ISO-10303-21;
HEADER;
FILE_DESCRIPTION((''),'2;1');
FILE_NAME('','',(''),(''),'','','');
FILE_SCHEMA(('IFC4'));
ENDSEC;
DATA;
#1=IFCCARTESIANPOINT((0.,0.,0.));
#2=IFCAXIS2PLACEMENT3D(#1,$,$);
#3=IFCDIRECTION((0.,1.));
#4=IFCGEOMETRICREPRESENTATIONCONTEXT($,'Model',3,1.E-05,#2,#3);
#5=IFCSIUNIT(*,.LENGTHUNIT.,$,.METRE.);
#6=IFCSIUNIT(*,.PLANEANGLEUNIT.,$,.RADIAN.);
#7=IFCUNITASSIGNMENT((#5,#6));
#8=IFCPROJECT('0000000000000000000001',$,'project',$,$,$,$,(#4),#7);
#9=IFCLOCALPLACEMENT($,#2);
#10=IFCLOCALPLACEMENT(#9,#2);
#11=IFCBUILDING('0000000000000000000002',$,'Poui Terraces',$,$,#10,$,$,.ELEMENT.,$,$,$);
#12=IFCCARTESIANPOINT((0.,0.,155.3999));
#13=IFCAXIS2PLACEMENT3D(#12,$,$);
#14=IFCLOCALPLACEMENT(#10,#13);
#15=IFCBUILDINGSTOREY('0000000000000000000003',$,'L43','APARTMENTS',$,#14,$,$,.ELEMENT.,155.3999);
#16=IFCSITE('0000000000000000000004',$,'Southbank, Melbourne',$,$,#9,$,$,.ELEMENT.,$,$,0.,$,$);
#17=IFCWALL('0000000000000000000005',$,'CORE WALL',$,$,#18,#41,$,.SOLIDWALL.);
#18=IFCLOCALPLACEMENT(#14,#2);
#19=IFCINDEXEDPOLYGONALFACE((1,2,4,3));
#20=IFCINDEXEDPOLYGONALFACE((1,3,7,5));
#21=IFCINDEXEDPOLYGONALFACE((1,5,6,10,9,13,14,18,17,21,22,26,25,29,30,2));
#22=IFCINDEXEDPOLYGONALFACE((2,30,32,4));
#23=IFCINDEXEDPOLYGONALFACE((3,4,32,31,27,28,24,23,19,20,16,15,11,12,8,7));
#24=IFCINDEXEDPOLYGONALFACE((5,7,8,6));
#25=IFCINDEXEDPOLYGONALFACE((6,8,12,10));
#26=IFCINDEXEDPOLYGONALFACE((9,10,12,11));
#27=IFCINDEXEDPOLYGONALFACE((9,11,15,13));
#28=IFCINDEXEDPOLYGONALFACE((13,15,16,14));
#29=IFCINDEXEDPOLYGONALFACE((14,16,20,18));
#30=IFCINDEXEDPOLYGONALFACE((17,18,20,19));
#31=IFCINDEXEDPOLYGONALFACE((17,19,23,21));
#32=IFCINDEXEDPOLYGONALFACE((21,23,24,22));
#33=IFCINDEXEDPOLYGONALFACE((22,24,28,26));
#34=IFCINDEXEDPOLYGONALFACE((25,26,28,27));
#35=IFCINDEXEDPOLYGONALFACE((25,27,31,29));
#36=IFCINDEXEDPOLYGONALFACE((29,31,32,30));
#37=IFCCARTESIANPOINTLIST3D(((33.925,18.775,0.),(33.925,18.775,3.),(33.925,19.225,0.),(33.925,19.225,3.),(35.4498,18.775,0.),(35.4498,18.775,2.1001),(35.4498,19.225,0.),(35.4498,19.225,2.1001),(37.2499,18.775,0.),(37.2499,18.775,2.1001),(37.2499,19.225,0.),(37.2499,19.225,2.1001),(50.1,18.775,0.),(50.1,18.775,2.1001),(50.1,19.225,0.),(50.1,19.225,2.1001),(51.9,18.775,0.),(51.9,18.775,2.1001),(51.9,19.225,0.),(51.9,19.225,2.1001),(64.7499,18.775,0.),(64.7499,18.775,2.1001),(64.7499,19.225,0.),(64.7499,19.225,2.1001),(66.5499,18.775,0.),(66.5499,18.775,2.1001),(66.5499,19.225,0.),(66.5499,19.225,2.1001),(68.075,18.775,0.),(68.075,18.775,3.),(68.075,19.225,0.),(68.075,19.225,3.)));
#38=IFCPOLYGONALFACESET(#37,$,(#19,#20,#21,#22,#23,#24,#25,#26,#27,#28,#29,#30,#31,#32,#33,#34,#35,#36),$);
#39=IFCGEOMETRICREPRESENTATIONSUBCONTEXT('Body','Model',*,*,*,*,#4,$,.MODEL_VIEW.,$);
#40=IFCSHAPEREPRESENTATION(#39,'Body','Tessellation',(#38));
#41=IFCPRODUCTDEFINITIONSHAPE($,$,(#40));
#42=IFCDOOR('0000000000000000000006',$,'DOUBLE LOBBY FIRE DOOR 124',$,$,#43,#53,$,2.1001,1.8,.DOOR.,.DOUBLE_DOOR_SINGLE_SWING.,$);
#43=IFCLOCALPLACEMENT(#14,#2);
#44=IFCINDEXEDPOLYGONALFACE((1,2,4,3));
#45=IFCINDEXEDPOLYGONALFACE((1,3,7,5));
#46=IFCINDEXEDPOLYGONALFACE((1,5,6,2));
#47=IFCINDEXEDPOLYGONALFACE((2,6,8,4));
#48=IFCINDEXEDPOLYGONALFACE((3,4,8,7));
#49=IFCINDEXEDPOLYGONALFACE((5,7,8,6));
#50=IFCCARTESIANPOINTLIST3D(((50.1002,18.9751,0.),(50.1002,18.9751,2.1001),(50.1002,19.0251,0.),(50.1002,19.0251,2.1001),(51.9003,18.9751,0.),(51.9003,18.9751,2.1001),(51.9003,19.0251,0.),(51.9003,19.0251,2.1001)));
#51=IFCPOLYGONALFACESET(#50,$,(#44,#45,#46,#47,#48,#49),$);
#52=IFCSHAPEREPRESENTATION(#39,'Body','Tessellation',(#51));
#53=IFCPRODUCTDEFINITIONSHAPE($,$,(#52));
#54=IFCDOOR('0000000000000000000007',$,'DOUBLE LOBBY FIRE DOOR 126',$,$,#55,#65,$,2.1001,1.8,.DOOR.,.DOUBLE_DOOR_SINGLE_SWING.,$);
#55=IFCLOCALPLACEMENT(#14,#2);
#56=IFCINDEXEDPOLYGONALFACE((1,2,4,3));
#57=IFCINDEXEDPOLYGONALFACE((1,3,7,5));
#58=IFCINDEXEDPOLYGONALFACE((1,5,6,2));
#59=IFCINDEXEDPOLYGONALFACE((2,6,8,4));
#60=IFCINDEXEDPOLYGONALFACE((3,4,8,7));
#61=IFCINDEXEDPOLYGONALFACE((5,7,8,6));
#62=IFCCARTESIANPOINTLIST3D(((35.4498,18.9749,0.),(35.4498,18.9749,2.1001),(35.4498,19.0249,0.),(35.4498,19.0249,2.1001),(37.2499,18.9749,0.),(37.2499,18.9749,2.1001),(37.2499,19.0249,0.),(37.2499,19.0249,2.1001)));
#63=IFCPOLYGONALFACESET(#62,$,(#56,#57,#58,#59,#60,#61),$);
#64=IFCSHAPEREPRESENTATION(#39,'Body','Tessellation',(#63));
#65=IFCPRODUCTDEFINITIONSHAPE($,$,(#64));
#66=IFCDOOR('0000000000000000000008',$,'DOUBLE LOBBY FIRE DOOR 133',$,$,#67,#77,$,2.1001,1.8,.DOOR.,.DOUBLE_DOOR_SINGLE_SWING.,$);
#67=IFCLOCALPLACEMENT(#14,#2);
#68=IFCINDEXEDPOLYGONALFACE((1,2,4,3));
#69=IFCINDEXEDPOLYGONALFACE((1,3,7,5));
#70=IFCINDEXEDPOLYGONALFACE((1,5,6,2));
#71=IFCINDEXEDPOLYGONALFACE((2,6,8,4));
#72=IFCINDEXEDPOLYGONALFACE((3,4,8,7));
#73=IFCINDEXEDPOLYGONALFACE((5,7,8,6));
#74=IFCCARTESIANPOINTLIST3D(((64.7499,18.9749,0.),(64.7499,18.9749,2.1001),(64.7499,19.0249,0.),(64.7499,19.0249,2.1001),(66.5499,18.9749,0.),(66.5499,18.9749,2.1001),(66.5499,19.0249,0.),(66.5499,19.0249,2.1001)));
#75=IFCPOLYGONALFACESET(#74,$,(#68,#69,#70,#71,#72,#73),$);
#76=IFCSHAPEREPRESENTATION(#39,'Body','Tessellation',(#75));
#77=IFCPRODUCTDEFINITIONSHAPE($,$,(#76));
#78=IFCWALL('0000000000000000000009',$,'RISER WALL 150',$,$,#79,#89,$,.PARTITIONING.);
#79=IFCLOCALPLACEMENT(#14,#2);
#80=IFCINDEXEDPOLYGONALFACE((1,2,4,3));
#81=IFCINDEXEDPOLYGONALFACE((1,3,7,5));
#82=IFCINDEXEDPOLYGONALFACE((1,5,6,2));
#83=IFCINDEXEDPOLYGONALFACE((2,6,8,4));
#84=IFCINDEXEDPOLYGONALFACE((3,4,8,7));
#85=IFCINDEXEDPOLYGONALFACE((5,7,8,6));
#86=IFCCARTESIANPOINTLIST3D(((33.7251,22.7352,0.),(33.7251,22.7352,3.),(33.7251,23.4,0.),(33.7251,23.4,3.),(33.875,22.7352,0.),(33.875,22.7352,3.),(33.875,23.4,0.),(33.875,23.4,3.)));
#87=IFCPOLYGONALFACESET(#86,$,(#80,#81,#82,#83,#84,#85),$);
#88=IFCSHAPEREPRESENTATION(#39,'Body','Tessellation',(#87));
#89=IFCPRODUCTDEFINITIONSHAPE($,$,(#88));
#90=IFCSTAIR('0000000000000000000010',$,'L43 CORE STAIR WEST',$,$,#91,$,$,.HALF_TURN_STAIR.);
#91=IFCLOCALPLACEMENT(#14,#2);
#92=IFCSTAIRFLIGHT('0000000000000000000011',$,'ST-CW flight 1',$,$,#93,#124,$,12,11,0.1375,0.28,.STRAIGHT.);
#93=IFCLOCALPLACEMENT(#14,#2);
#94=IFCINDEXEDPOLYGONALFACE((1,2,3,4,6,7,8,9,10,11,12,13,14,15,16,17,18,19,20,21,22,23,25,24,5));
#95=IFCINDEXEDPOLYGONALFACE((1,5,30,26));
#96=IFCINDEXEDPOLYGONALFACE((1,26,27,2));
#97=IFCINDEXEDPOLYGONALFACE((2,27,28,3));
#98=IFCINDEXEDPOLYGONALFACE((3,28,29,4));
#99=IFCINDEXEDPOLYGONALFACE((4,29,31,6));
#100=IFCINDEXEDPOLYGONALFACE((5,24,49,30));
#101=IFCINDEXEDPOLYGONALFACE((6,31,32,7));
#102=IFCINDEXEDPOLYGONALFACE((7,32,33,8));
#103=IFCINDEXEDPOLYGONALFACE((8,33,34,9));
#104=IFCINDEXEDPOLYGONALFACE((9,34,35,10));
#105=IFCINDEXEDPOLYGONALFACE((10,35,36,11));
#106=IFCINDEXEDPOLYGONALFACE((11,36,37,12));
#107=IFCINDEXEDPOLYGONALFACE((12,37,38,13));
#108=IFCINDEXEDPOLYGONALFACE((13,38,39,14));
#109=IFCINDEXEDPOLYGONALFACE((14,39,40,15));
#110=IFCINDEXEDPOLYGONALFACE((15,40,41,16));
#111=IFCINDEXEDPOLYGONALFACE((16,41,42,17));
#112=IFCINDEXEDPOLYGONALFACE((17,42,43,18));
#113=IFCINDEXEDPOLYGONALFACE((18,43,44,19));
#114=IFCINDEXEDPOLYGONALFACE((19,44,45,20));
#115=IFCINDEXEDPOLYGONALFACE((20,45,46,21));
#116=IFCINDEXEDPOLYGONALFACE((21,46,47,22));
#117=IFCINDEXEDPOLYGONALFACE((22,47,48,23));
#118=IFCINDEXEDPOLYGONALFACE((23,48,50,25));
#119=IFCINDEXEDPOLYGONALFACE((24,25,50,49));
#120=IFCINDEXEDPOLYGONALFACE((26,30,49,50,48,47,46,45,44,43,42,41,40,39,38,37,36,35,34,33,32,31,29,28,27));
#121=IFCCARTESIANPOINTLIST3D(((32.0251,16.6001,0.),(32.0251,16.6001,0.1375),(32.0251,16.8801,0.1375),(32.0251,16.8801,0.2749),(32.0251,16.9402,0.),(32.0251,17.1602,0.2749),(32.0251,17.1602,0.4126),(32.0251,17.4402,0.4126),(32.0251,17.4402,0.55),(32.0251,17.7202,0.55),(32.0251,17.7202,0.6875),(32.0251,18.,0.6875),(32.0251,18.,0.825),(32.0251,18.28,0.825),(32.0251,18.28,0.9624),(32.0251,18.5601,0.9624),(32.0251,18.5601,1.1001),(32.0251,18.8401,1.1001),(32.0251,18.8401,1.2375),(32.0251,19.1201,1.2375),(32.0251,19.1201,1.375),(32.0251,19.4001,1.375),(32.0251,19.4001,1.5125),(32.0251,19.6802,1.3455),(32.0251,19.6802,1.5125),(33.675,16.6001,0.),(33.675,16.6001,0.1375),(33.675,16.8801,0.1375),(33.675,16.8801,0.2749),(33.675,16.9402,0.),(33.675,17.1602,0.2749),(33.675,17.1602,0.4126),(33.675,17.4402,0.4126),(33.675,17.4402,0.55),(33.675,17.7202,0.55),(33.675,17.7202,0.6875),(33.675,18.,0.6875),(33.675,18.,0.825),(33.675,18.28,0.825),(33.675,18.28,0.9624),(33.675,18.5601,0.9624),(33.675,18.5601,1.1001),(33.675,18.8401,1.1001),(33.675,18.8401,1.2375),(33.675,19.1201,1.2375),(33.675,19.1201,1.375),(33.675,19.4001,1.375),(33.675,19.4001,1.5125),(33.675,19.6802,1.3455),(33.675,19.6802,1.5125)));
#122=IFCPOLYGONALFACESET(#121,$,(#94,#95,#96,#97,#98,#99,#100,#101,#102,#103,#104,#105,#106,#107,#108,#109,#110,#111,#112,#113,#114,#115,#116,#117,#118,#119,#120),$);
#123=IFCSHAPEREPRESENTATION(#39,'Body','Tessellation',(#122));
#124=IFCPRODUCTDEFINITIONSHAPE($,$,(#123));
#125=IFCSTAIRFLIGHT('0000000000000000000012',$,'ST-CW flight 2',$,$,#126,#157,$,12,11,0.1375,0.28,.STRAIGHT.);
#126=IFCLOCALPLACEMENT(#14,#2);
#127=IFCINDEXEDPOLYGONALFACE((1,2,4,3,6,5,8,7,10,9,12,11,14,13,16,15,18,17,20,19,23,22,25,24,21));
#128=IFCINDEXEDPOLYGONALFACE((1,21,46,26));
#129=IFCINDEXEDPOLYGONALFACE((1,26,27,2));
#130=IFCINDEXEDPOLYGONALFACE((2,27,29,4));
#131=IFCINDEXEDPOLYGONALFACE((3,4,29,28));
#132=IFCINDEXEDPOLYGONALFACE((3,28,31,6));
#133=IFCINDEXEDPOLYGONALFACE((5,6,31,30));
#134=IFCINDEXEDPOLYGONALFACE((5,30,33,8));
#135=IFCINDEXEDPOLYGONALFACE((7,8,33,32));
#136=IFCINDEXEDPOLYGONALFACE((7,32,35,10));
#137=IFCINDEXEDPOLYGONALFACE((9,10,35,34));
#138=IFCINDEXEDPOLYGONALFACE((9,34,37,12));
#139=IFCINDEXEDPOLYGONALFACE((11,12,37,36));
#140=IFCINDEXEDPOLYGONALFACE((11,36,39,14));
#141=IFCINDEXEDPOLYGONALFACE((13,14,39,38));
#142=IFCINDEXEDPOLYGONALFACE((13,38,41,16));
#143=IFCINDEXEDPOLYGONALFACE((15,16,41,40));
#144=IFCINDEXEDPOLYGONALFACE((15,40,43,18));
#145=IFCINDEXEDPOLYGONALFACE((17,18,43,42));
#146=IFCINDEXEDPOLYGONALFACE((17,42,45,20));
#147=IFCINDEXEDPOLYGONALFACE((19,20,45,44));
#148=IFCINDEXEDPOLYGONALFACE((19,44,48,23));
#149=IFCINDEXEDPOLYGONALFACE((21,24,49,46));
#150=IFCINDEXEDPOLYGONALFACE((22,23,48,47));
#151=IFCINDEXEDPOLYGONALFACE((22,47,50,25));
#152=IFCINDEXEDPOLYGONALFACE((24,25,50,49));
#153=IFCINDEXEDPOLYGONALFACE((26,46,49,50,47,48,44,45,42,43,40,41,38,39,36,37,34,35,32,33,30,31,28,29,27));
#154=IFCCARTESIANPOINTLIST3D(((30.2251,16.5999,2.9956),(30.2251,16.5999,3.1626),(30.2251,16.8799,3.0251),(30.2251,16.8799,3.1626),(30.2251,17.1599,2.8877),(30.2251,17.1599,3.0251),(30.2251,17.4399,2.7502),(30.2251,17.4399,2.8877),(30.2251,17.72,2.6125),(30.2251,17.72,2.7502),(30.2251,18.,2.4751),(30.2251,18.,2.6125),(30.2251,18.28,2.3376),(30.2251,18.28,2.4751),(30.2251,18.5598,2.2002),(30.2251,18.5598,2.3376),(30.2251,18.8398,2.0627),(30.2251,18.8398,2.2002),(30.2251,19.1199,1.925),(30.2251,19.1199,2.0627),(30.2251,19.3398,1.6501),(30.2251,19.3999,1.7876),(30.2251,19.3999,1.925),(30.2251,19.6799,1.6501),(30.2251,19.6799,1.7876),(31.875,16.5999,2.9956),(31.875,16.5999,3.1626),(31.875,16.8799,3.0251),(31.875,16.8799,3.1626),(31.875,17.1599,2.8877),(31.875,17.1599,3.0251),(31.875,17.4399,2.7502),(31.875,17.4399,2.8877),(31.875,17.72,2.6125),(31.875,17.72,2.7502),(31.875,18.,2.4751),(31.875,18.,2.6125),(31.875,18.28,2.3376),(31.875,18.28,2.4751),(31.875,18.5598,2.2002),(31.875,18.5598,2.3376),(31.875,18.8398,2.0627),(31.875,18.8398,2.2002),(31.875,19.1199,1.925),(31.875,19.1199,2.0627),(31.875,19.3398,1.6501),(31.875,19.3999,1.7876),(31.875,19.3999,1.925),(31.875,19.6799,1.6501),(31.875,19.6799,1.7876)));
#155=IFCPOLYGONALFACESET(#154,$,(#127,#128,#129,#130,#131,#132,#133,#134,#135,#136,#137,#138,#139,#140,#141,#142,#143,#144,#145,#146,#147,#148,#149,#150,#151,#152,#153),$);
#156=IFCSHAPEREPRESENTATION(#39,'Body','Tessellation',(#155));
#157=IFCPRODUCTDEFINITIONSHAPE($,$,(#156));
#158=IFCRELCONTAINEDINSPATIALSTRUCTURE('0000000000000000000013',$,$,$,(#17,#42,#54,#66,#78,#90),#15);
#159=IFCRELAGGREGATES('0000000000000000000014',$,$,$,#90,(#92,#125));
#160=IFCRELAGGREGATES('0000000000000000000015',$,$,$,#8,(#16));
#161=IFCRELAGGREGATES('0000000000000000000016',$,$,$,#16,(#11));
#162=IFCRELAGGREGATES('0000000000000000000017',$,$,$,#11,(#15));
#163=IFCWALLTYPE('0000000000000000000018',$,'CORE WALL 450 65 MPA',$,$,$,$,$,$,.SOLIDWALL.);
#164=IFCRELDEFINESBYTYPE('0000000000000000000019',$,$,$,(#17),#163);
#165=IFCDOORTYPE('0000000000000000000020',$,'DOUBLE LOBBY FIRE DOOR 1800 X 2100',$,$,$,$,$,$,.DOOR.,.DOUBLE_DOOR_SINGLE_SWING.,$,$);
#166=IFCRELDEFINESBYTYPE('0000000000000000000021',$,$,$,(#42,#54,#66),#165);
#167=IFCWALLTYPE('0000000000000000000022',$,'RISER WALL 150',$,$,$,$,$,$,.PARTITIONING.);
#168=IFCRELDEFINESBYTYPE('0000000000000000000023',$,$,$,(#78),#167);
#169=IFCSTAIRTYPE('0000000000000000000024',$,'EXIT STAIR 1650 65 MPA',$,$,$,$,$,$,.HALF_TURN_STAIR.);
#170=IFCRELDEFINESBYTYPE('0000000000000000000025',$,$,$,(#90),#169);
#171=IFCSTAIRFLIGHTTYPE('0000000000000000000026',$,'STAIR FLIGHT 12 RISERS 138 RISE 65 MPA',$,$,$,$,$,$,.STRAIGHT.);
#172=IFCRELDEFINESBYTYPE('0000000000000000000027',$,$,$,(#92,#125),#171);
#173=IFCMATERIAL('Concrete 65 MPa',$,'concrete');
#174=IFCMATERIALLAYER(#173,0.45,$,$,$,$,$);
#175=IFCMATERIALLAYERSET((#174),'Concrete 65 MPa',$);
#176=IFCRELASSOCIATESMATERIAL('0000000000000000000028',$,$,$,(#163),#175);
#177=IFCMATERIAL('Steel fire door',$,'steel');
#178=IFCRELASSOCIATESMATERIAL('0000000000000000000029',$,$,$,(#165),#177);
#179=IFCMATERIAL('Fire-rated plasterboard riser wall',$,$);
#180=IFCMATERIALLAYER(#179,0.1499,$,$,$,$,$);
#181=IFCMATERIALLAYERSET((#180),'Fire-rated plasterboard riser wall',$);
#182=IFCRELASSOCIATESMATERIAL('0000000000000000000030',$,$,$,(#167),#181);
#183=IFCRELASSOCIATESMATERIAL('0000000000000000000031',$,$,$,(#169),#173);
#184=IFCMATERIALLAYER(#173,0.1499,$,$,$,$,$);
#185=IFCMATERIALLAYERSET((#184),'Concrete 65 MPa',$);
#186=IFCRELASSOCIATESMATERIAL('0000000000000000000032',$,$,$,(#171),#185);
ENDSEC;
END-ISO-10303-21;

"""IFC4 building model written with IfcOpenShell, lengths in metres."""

from ifc_helpers import new_model, si_unit, direction, frame, frame_2d, origin, place, context, subcontext, project, spatial, polyline, rectangle, outline, extrude, material, layer, layer_set, type_object, element, fill, aggregate, save


model = new_model("IFC4")

# Units and contexts
model_context = context("Model", 3, precision=1e-05, world=origin(), true_north=direction((0.0, 1.0)))
body_context = subcontext(model_context, "Body", "Model", "MODEL_VIEW")
ifc_project = project(units=[si_unit("LENGTHUNIT", "METRE"), si_unit("PLANEANGLEUNIT", "RADIAN")], contexts=[model_context])

# Site, building, storey
site_placement = place(None, origin())
site = spatial("IfcSite", under=ifc_project, at=site_placement, Name="Southbank, Melbourne", CompositionType="ELEMENT", RefElevation=0.0)
building_placement = place(site_placement, origin())
building = spatial("IfcBuilding", under=site, at=building_placement, Name="Poui Terraces", CompositionType="ELEMENT")
storey_placement = place(building_placement, frame((0.0, 0.0, 155.3999)))
storey = spatial("IfcBuildingStorey", under=building, at=storey_placement, Name="L43", Description="APARTMENTS", CompositionType="ELEMENT", Elevation=155.3999)

# Wall, openings, doors
ifc_material_1 = material(Name="Concrete 65 MPa", Category="concrete")
ifc_layer_1 = layer(ifc_material_1, 0.45)
ifc_layer_set_1 = layer_set([ifc_layer_1], Name="Concrete 65 MPa")
wall_type_1 = type_object("IfcWallType", Name="CORE WALL 450 65 MPA", PredefinedType="SOLIDWALL", material=ifc_layer_set_1)
wall_1_placement = place(storey_placement, frame((33.925, 19.0, 0.0), z_axis=(0.0, 0.0, 1.0), x_axis=(1.0, 0.0, 0.0)))
wall_1 = element("IfcWall", 1, at=wall_1_placement, inside=storey, type_object=wall_type_1, Name="CORE WALL", PredefinedType="SOLIDWALL", context=body_context, shape_type="SweptSolid", body=[
    extrude(rectangle(XDim=34.1499, YDim=0.45, at=frame_2d((17.075, 0.0))), origin(), (0.0, 0.0, 1.0), 3.0),
])
opening_1_placement = place(wall_1_placement, frame((16.175, 0.0, 0.0)))
opening_1 = element("IfcOpeningElement", 2, at=opening_1_placement, cuts=wall_1, PredefinedType="OPENING", context=body_context, shape_type="SweptSolid", body=[
    extrude(rectangle(XDim=1.8, YDim=2.1001, at=frame_2d((0.8999, 1.05))), frame((0.0, 0.2349, 0.0), z_axis=(0.0, -1.0, 0.0), x_axis=(1.0, 0.0, 0.0)), (0.0, 0.0, 1.0), 0.47),
])
opening_2_placement = place(wall_1_placement, frame((1.5249, 0.0, 0.0)))
opening_2 = element("IfcOpeningElement", 3, at=opening_2_placement, cuts=wall_1, PredefinedType="OPENING", context=body_context, shape_type="SweptSolid", body=[
    extrude(rectangle(XDim=1.8, YDim=2.1001, at=frame_2d((0.8999, 1.05))), frame((0.0, 0.2349, 0.0), z_axis=(0.0, -1.0, 0.0), x_axis=(1.0, 0.0, 0.0)), (0.0, 0.0, 1.0), 0.47),
])
opening_3_placement = place(wall_1_placement, frame((30.825, 0.0, 0.0)))
opening_3 = element("IfcOpeningElement", 4, at=opening_3_placement, cuts=wall_1, PredefinedType="OPENING", context=body_context, shape_type="SweptSolid", body=[
    extrude(rectangle(XDim=1.8, YDim=2.1001, at=frame_2d((0.8999, 1.05))), frame((0.0, 0.2349, 0.0), z_axis=(0.0, -1.0, 0.0), x_axis=(1.0, 0.0, 0.0)), (0.0, 0.0, 1.0), 0.47),
])
ifc_material_2 = material(Name="Steel fire door", Category="steel")
door_type = type_object("IfcDoorType", Name="DOUBLE LOBBY FIRE DOOR 1800 X 2100", OperationType="DOUBLE_DOOR_SINGLE_SWING", PredefinedType="DOOR", material=ifc_material_2)
door_1_placement = place(opening_1_placement, frame((1.8, 0.0, 0.0), z_axis=(0.0, 0.0, 1.0), x_axis=(-1.0, 0.0, 0.0)))
door_1 = element("IfcDoor", 5, at=door_1_placement, inside=storey, type_object=door_type, Name="DOUBLE LOBBY FIRE DOOR 124", OperationType="DOUBLE_DOOR_SINGLE_SWING", OverallHeight=2.1001, OverallWidth=1.8, PredefinedType="DOOR", context=body_context, shape_type="SweptSolid", body=[
    extrude(rectangle(XDim=1.8, YDim=2.1001, at=frame_2d((0.8999, 1.05))), frame((0.0, 0.0249, 0.0), z_axis=(0.0, -1.0, 0.0), x_axis=(1.0, 0.0, 0.0)), (0.0, 0.0, 1.0), 0.05),
])
fill(opening_1, door_1)
door_2_placement = place(opening_2_placement, origin())
door_2 = element("IfcDoor", 6, at=door_2_placement, inside=storey, type_object=door_type, Name="DOUBLE LOBBY FIRE DOOR 126", OperationType="DOUBLE_DOOR_SINGLE_SWING", OverallHeight=2.1001, OverallWidth=1.8, PredefinedType="DOOR", context=body_context, shape_type="SweptSolid", body=[
    extrude(rectangle(XDim=1.8, YDim=2.1001, at=frame_2d((0.8999, 1.05))), frame((0.0, 0.0249, 0.0), z_axis=(0.0, -1.0, 0.0), x_axis=(1.0, 0.0, 0.0)), (0.0, 0.0, 1.0), 0.05),
])
fill(opening_2, door_2)
door_3_placement = place(opening_3_placement, origin())
door_3 = element("IfcDoor", 7, at=door_3_placement, inside=storey, type_object=door_type, Name="DOUBLE LOBBY FIRE DOOR 133", OperationType="DOUBLE_DOOR_SINGLE_SWING", OverallHeight=2.1001, OverallWidth=1.8, PredefinedType="DOOR", context=body_context, shape_type="SweptSolid", body=[
    extrude(rectangle(XDim=1.8, YDim=2.1001, at=frame_2d((0.8999, 1.05))), frame((0.0, 0.0249, 0.0), z_axis=(0.0, -1.0, 0.0), x_axis=(1.0, 0.0, 0.0)), (0.0, 0.0, 1.0), 0.05),
])
fill(opening_3, door_3)

# Wall
ifc_material_3 = material(Name="Fire-rated plasterboard riser wall")
ifc_layer_2 = layer(ifc_material_3, 0.1499)
ifc_layer_set_2 = layer_set([ifc_layer_2], Name="Fire-rated plasterboard riser wall")
wall_type_2 = type_object("IfcWallType", Name="RISER WALL 150", PredefinedType="PARTITIONING", material=ifc_layer_set_2)
wall_2_placement = place(storey_placement, frame((33.8, 22.7351, 0.0), z_axis=(0.0, 0.0, 1.0), x_axis=(0.0, 1.0, 0.0)))
element("IfcWall", 8, at=wall_2_placement, inside=storey, type_object=wall_type_2, Name="RISER WALL 150", PredefinedType="PARTITIONING", context=body_context, shape_type="SweptSolid", body=[
    extrude(rectangle(XDim=0.6648, YDim=0.1499, at=frame_2d((0.3325, 0.0))), origin(), (0.0, 0.0, 1.0), 3.0),
])

# Stair, stair flights
stair_type = type_object("IfcStairType", Name="EXIT STAIR 1650 65 MPA", PredefinedType="HALF_TURN_STAIR", material=ifc_material_1)
stair_placement = place(storey_placement, origin())
stair = element("IfcStair", 9, at=stair_placement, inside=storey, type_object=stair_type, Name="L43 CORE STAIR WEST", PredefinedType="HALF_TURN_STAIR")
ifc_layer_3 = layer(ifc_material_1, 0.1499)
ifc_layer_set_3 = layer_set([ifc_layer_3], Name="Concrete 65 MPa")
stair_flight_type = type_object("IfcStairFlightType", Name="STAIR FLIGHT 12 RISERS 138 RISE 65 MPA", PredefinedType="STRAIGHT", material=ifc_layer_set_3)
stair_flight_1_placement = place(storey_placement, frame((32.8501, 16.6001, 0.0), z_axis=(0.0, 0.0, 1.0), x_axis=(0.0, 1.0, 0.0)))
stair_flight_1 = element("IfcStairFlight", 10, at=stair_flight_1_placement, type_object=stair_flight_type, Name="ST-CW flight 1", NumberOfRisers=12, NumberOfTreads=11, PredefinedType="STRAIGHT", RiserHeight=0.1375, TreadLength=0.28, context=body_context, shape_type="SweptSolid", body=[
    extrude(outline(polyline([(0.0, 0.0), (0.0, 0.1375), (0.28, 0.1375), (0.28, 0.2749), (0.5601, 0.2749), (0.5601, 0.4126), (0.8401, 0.4126), (0.8401, 0.55), (1.1201, 0.55), (1.1201, 0.6875), (1.3999, 0.6875), (1.3999, 0.825), (1.6799, 0.825), (1.6799, 0.9624), (1.96, 0.9624), (1.96, 1.1001), (2.24, 1.1001), (2.24, 1.2375), (2.52, 1.2375), (2.52, 1.375), (2.8, 1.375), (2.8, 1.5125), (3.0801, 1.5125), (3.0801, 1.6499), (3.0801, 1.3455), (0.3401, 0.0), (0.0, 0.0)])), frame((0.0, 0.825, 0.0), z_axis=(0.0, -1.0, 0.0), x_axis=(1.0, 0.0, 0.0)), (0.0, 0.0, 1.0), 1.6499),
])
stair_flight_2_placement = place(storey_placement, frame((31.05, 19.6799, 1.6501), z_axis=(0.0, 0.0, 1.0), x_axis=(0.0, -1.0, 0.0)))
stair_flight_2 = element("IfcStairFlight", 11, at=stair_flight_2_placement, type_object=stair_flight_type, Name="ST-CW flight 2", NumberOfRisers=12, NumberOfTreads=11, PredefinedType="STRAIGHT", RiserHeight=0.1375, TreadLength=0.28, context=body_context, shape_type="SweptSolid", body=[
    extrude(outline(polyline([(0.0, 0.0), (0.0, 0.1375), (0.28, 0.1375), (0.28, 0.2749), (0.5601, 0.2749), (0.5601, 0.4126), (0.8401, 0.4126), (0.8401, 0.55), (1.1201, 0.55), (1.1201, 0.6875), (1.3999, 0.6875), (1.3999, 0.825), (1.6799, 0.825), (1.6799, 0.9624), (1.96, 0.9624), (1.96, 1.1001), (2.24, 1.1001), (2.24, 1.2375), (2.52, 1.2375), (2.52, 1.375), (2.8, 1.375), (2.8, 1.5125), (3.0801, 1.5125), (3.0801, 1.6499), (3.0801, 1.3455), (0.3401, 0.0), (0.0, 0.0)])), frame((0.0, 0.825, 0.0), z_axis=(0.0, -1.0, 0.0), x_axis=(1.0, 0.0, 0.0)), (0.0, 0.0, 1.0), 1.6499),
])
aggregate(stair, [stair_flight_1, stair_flight_2])

save(model, "model.ifc")
